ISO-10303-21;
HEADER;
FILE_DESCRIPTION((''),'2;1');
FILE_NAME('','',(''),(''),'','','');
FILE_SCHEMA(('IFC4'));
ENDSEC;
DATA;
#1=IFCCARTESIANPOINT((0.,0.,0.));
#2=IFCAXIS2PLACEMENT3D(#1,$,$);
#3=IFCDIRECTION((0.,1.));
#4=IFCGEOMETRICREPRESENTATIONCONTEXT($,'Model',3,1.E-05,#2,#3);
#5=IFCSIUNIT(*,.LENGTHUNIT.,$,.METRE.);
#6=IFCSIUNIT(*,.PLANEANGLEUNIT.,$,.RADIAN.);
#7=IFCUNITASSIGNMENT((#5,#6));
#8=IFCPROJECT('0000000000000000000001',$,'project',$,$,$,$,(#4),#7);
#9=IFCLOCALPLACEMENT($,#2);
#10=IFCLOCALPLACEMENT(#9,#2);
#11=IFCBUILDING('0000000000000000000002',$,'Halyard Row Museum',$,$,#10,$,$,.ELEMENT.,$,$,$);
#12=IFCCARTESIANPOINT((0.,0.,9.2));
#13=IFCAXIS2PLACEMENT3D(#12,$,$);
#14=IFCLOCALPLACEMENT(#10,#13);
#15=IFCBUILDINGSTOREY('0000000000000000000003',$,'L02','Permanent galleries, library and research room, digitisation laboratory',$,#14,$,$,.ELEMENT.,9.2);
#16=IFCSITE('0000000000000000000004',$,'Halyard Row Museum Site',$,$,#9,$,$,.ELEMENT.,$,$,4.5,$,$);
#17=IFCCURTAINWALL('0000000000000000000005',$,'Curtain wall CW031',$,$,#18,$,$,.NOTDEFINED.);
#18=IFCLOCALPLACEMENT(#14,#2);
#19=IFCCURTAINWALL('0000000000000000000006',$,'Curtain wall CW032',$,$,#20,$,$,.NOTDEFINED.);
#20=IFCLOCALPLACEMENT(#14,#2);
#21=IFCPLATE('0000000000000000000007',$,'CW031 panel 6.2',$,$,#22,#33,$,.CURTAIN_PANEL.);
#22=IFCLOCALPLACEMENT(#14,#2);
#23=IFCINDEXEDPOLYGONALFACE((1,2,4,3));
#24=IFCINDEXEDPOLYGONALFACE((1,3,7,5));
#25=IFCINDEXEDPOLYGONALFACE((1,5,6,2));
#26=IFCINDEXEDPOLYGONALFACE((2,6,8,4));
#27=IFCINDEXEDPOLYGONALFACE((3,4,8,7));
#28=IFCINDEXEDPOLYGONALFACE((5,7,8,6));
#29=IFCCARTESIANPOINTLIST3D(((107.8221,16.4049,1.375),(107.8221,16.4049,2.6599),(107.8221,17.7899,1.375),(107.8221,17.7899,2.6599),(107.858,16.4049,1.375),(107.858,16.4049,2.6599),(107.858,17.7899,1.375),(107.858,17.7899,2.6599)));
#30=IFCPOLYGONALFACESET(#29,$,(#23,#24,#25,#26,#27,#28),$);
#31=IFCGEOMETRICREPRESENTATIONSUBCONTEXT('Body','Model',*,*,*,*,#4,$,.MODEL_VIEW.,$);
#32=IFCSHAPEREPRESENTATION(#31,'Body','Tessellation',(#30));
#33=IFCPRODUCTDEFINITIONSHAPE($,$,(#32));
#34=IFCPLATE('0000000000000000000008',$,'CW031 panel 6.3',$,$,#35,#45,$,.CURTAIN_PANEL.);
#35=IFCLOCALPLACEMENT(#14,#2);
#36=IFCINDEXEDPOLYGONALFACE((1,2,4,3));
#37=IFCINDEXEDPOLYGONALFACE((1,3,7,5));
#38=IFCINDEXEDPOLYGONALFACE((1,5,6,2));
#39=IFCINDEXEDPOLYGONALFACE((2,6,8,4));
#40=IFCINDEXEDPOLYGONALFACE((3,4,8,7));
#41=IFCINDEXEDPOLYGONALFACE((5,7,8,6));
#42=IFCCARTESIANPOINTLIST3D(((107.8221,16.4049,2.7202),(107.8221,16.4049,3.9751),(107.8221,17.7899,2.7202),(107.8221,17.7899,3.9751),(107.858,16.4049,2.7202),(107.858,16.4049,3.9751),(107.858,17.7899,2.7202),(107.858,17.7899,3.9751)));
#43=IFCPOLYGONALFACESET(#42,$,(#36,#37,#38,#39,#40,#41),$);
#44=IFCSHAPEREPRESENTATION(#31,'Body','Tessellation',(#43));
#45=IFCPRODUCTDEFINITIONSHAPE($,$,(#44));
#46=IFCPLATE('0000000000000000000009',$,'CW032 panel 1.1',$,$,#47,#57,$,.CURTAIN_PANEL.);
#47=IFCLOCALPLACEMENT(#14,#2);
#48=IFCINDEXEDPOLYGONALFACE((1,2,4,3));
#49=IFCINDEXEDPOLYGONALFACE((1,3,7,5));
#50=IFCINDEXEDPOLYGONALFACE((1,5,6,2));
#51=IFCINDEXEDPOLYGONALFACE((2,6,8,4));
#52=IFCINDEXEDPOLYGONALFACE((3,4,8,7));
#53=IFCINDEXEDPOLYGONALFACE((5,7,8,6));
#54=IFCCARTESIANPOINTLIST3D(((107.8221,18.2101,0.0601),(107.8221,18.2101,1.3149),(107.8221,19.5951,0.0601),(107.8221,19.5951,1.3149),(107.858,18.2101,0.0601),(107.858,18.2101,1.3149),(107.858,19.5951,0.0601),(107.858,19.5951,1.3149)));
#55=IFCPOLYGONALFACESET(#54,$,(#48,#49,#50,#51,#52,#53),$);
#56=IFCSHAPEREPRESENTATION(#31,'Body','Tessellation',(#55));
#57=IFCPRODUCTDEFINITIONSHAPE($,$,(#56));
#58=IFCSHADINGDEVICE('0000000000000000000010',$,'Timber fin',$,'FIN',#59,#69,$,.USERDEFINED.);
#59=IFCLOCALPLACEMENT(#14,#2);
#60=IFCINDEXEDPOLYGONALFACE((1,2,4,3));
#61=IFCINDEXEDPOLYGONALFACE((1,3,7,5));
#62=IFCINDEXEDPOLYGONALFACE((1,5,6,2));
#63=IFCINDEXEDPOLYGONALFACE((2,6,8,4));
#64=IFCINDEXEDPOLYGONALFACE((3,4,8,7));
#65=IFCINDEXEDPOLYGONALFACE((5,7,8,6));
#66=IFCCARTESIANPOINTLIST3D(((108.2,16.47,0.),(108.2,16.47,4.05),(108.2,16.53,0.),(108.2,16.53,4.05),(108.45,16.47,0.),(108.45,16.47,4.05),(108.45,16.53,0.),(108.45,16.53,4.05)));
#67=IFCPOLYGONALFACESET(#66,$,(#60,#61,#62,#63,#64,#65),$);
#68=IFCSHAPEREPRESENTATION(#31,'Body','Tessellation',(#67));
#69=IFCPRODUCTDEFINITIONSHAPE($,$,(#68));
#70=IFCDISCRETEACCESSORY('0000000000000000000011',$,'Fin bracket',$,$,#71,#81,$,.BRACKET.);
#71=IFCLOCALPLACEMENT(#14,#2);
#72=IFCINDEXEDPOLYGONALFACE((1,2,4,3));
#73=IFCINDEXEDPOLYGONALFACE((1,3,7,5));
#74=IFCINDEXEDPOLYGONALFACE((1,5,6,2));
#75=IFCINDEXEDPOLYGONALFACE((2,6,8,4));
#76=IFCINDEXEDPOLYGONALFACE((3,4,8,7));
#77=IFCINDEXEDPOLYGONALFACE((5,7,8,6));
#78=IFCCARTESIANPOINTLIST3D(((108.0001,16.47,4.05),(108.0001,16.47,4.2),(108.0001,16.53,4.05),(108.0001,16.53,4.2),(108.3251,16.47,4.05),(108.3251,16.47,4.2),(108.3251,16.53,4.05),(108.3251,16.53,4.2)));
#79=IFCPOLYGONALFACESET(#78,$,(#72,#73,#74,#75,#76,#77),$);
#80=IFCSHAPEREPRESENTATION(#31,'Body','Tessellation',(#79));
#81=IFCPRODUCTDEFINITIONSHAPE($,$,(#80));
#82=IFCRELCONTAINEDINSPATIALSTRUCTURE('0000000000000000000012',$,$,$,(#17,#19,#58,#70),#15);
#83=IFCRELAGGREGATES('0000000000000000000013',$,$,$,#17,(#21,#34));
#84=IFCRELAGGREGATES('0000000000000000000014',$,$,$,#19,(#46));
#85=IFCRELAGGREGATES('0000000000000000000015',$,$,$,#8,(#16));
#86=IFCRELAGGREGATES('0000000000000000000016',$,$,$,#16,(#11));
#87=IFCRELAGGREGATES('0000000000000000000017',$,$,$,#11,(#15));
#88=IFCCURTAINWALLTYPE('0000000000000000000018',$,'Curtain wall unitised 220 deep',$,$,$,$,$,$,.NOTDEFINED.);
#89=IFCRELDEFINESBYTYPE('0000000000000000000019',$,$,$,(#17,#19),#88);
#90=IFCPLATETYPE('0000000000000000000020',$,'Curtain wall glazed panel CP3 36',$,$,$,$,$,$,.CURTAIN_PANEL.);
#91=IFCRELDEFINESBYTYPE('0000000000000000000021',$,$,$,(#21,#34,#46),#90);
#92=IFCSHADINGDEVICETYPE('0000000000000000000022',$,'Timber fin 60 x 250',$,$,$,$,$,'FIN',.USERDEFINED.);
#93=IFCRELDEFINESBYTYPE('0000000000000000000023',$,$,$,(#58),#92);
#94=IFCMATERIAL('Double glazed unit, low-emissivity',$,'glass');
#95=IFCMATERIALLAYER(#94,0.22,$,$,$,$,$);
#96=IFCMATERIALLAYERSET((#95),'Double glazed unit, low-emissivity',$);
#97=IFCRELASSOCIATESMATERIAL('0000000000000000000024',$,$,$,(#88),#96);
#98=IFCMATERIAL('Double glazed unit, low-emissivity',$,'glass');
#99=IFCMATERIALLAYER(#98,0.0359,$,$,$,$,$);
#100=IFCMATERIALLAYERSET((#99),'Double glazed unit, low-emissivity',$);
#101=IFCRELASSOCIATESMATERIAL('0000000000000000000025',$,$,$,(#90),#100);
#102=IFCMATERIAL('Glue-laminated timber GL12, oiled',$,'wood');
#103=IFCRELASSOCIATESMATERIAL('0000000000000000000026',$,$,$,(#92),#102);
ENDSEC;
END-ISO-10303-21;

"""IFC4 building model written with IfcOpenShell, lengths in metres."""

from ifc_helpers import new_model, si_unit, direction, frame, origin, origin_2d, place, context, subcontext, project, spatial, rectangle, extrude, material, layer, layer_set, type_object, element, aggregate, save


model = new_model("IFC4")

# Units and contexts
model_context = context("Model", 3, precision=1e-05, world=origin(), true_north=direction((0.0, 1.0)))
body_context = subcontext(model_context, "Body", "Model", "MODEL_VIEW")
ifc_project = project(units=[si_unit("LENGTHUNIT", "METRE"), si_unit("PLANEANGLEUNIT", "RADIAN")], contexts=[model_context])

# Site, building, storey
site_placement = place(None, origin())
site = spatial("IfcSite", under=ifc_project, at=site_placement, Name="Halyard Row Museum Site", CompositionType="ELEMENT", RefElevation=4.5)
building_placement = place(site_placement, origin())
building = spatial("IfcBuilding", under=site, at=building_placement, Name="Halyard Row Museum", CompositionType="ELEMENT")
storey_placement = place(building_placement, frame((0.0, 0.0, 9.2)))
storey = spatial("IfcBuildingStorey", under=building, at=storey_placement, Name="L02", Description="Permanent galleries, library and research room, digitisation laboratory", CompositionType="ELEMENT", Elevation=9.2)

# Curtain wall
ifc_material_1 = material(Name="Double glazed unit, low-emissivity", Category="glass")
ifc_layer_1 = layer(ifc_material_1, 0.22)
ifc_layer_set_1 = layer_set([ifc_layer_1], Name="Double glazed unit, low-emissivity")
curtain_wall_type = type_object("IfcCurtainWallType", Name="Curtain wall unitised 220 deep", PredefinedType="NOTDEFINED", material=ifc_layer_set_1)
curtain_wall_1_placement = place(storey_placement, origin())
curtain_wall_1 = element("IfcCurtainWall", 1, at=curtain_wall_1_placement, inside=storey, type_object=curtain_wall_type, Name="Curtain wall CW031", PredefinedType="NOTDEFINED")

# Curtain wall
curtain_wall_2_placement = place(storey_placement, origin())
curtain_wall_2 = element("IfcCurtainWall", 2, at=curtain_wall_2_placement, inside=storey, type_object=curtain_wall_type, Name="Curtain wall CW032", PredefinedType="NOTDEFINED")

# Plates
ifc_material_2 = material(Name="Double glazed unit, low-emissivity", Category="glass")
ifc_layer_2 = layer(ifc_material_2, 0.0359)
ifc_layer_set_2 = layer_set([ifc_layer_2], Name="Double glazed unit, low-emissivity")
plate_type = type_object("IfcPlateType", Name="Curtain wall glazed panel CP3 36", PredefinedType="CURTAIN_PANEL", material=ifc_layer_set_2)
plate_1_placement = place(storey_placement, frame((107.8401, 17.0974, 1.375), z_axis=(0.0, 0.0, 1.0), x_axis=(0.0, 1.0, 0.0)))
plate_1 = element("IfcPlate", 3, at=plate_1_placement, type_object=plate_type, Name="CW031 panel 6.2", PredefinedType="CURTAIN_PANEL", context=body_context, shape_type="SweptSolid", body=[
    extrude(rectangle(XDim=1.385, YDim=0.0359, at=origin_2d()), origin(), (0.0, 0.0, 1.0), 1.2849),
])
plate_2_placement = place(storey_placement, frame((107.8401, 17.0974, 2.7202), z_axis=(0.0, 0.0, 1.0), x_axis=(0.0, 1.0, 0.0)))
plate_2 = element("IfcPlate", 4, at=plate_2_placement, type_object=plate_type, Name="CW031 panel 6.3", PredefinedType="CURTAIN_PANEL", context=body_context, shape_type="SweptSolid", body=[
    extrude(rectangle(XDim=1.385, YDim=0.0359, at=origin_2d()), origin(), (0.0, 0.0, 1.0), 1.2549),
])
aggregate(curtain_wall_1, [plate_1, plate_2])
plate_3_placement = place(storey_placement, frame((107.8401, 18.9026, 0.0601), z_axis=(0.0, 0.0, 1.0), x_axis=(0.0, 1.0, 0.0)))
plate_3 = element("IfcPlate", 5, at=plate_3_placement, type_object=plate_type, Name="CW032 panel 1.1", PredefinedType="CURTAIN_PANEL", context=body_context, shape_type="SweptSolid", body=[
    extrude(rectangle(XDim=1.385, YDim=0.0359, at=origin_2d()), origin(), (0.0, 0.0, 1.0), 1.2549),
])
aggregate(curtain_wall_2, [plate_3])

# Shading device
ifc_material_3 = material(Name="Glue-laminated timber GL12, oiled", Category="wood")
shading_device_type = type_object("IfcShadingDeviceType", Name="Timber fin 60 x 250", ElementType="FIN", PredefinedType="USERDEFINED", material=ifc_material_3)
shading_device_placement = place(storey_placement, frame((108.325, 16.5, 0.0), z_axis=(0.0, 0.0, 1.0), x_axis=(1.0, 0.0, 0.0)))
element("IfcShadingDevice", 6, at=shading_device_placement, inside=storey, type_object=shading_device_type, Name="Timber fin", ObjectType="FIN", PredefinedType="USERDEFINED", context=body_context, shape_type="SweptSolid", body=[
    extrude(rectangle(XDim=0.25, YDim=0.0601, at=origin_2d()), origin(), (0.0, 0.0, 1.0), 4.05),
])

# Discrete accessory
discrete_accessory_placement = place(storey_placement, frame((108.1626, 16.5, 4.05), z_axis=(0.0, 0.0, 1.0), x_axis=(1.0, 0.0, 0.0)))
element("IfcDiscreteAccessory", 7, at=discrete_accessory_placement, inside=storey, Name="Fin bracket", PredefinedType="BRACKET", context=body_context, shape_type="SweptSolid", body=[
    extrude(rectangle(XDim=0.325, YDim=0.0601, at=origin_2d()), origin(), (0.0, 0.0, 1.0), 0.1499),
])

save(model, "model.ifc")
